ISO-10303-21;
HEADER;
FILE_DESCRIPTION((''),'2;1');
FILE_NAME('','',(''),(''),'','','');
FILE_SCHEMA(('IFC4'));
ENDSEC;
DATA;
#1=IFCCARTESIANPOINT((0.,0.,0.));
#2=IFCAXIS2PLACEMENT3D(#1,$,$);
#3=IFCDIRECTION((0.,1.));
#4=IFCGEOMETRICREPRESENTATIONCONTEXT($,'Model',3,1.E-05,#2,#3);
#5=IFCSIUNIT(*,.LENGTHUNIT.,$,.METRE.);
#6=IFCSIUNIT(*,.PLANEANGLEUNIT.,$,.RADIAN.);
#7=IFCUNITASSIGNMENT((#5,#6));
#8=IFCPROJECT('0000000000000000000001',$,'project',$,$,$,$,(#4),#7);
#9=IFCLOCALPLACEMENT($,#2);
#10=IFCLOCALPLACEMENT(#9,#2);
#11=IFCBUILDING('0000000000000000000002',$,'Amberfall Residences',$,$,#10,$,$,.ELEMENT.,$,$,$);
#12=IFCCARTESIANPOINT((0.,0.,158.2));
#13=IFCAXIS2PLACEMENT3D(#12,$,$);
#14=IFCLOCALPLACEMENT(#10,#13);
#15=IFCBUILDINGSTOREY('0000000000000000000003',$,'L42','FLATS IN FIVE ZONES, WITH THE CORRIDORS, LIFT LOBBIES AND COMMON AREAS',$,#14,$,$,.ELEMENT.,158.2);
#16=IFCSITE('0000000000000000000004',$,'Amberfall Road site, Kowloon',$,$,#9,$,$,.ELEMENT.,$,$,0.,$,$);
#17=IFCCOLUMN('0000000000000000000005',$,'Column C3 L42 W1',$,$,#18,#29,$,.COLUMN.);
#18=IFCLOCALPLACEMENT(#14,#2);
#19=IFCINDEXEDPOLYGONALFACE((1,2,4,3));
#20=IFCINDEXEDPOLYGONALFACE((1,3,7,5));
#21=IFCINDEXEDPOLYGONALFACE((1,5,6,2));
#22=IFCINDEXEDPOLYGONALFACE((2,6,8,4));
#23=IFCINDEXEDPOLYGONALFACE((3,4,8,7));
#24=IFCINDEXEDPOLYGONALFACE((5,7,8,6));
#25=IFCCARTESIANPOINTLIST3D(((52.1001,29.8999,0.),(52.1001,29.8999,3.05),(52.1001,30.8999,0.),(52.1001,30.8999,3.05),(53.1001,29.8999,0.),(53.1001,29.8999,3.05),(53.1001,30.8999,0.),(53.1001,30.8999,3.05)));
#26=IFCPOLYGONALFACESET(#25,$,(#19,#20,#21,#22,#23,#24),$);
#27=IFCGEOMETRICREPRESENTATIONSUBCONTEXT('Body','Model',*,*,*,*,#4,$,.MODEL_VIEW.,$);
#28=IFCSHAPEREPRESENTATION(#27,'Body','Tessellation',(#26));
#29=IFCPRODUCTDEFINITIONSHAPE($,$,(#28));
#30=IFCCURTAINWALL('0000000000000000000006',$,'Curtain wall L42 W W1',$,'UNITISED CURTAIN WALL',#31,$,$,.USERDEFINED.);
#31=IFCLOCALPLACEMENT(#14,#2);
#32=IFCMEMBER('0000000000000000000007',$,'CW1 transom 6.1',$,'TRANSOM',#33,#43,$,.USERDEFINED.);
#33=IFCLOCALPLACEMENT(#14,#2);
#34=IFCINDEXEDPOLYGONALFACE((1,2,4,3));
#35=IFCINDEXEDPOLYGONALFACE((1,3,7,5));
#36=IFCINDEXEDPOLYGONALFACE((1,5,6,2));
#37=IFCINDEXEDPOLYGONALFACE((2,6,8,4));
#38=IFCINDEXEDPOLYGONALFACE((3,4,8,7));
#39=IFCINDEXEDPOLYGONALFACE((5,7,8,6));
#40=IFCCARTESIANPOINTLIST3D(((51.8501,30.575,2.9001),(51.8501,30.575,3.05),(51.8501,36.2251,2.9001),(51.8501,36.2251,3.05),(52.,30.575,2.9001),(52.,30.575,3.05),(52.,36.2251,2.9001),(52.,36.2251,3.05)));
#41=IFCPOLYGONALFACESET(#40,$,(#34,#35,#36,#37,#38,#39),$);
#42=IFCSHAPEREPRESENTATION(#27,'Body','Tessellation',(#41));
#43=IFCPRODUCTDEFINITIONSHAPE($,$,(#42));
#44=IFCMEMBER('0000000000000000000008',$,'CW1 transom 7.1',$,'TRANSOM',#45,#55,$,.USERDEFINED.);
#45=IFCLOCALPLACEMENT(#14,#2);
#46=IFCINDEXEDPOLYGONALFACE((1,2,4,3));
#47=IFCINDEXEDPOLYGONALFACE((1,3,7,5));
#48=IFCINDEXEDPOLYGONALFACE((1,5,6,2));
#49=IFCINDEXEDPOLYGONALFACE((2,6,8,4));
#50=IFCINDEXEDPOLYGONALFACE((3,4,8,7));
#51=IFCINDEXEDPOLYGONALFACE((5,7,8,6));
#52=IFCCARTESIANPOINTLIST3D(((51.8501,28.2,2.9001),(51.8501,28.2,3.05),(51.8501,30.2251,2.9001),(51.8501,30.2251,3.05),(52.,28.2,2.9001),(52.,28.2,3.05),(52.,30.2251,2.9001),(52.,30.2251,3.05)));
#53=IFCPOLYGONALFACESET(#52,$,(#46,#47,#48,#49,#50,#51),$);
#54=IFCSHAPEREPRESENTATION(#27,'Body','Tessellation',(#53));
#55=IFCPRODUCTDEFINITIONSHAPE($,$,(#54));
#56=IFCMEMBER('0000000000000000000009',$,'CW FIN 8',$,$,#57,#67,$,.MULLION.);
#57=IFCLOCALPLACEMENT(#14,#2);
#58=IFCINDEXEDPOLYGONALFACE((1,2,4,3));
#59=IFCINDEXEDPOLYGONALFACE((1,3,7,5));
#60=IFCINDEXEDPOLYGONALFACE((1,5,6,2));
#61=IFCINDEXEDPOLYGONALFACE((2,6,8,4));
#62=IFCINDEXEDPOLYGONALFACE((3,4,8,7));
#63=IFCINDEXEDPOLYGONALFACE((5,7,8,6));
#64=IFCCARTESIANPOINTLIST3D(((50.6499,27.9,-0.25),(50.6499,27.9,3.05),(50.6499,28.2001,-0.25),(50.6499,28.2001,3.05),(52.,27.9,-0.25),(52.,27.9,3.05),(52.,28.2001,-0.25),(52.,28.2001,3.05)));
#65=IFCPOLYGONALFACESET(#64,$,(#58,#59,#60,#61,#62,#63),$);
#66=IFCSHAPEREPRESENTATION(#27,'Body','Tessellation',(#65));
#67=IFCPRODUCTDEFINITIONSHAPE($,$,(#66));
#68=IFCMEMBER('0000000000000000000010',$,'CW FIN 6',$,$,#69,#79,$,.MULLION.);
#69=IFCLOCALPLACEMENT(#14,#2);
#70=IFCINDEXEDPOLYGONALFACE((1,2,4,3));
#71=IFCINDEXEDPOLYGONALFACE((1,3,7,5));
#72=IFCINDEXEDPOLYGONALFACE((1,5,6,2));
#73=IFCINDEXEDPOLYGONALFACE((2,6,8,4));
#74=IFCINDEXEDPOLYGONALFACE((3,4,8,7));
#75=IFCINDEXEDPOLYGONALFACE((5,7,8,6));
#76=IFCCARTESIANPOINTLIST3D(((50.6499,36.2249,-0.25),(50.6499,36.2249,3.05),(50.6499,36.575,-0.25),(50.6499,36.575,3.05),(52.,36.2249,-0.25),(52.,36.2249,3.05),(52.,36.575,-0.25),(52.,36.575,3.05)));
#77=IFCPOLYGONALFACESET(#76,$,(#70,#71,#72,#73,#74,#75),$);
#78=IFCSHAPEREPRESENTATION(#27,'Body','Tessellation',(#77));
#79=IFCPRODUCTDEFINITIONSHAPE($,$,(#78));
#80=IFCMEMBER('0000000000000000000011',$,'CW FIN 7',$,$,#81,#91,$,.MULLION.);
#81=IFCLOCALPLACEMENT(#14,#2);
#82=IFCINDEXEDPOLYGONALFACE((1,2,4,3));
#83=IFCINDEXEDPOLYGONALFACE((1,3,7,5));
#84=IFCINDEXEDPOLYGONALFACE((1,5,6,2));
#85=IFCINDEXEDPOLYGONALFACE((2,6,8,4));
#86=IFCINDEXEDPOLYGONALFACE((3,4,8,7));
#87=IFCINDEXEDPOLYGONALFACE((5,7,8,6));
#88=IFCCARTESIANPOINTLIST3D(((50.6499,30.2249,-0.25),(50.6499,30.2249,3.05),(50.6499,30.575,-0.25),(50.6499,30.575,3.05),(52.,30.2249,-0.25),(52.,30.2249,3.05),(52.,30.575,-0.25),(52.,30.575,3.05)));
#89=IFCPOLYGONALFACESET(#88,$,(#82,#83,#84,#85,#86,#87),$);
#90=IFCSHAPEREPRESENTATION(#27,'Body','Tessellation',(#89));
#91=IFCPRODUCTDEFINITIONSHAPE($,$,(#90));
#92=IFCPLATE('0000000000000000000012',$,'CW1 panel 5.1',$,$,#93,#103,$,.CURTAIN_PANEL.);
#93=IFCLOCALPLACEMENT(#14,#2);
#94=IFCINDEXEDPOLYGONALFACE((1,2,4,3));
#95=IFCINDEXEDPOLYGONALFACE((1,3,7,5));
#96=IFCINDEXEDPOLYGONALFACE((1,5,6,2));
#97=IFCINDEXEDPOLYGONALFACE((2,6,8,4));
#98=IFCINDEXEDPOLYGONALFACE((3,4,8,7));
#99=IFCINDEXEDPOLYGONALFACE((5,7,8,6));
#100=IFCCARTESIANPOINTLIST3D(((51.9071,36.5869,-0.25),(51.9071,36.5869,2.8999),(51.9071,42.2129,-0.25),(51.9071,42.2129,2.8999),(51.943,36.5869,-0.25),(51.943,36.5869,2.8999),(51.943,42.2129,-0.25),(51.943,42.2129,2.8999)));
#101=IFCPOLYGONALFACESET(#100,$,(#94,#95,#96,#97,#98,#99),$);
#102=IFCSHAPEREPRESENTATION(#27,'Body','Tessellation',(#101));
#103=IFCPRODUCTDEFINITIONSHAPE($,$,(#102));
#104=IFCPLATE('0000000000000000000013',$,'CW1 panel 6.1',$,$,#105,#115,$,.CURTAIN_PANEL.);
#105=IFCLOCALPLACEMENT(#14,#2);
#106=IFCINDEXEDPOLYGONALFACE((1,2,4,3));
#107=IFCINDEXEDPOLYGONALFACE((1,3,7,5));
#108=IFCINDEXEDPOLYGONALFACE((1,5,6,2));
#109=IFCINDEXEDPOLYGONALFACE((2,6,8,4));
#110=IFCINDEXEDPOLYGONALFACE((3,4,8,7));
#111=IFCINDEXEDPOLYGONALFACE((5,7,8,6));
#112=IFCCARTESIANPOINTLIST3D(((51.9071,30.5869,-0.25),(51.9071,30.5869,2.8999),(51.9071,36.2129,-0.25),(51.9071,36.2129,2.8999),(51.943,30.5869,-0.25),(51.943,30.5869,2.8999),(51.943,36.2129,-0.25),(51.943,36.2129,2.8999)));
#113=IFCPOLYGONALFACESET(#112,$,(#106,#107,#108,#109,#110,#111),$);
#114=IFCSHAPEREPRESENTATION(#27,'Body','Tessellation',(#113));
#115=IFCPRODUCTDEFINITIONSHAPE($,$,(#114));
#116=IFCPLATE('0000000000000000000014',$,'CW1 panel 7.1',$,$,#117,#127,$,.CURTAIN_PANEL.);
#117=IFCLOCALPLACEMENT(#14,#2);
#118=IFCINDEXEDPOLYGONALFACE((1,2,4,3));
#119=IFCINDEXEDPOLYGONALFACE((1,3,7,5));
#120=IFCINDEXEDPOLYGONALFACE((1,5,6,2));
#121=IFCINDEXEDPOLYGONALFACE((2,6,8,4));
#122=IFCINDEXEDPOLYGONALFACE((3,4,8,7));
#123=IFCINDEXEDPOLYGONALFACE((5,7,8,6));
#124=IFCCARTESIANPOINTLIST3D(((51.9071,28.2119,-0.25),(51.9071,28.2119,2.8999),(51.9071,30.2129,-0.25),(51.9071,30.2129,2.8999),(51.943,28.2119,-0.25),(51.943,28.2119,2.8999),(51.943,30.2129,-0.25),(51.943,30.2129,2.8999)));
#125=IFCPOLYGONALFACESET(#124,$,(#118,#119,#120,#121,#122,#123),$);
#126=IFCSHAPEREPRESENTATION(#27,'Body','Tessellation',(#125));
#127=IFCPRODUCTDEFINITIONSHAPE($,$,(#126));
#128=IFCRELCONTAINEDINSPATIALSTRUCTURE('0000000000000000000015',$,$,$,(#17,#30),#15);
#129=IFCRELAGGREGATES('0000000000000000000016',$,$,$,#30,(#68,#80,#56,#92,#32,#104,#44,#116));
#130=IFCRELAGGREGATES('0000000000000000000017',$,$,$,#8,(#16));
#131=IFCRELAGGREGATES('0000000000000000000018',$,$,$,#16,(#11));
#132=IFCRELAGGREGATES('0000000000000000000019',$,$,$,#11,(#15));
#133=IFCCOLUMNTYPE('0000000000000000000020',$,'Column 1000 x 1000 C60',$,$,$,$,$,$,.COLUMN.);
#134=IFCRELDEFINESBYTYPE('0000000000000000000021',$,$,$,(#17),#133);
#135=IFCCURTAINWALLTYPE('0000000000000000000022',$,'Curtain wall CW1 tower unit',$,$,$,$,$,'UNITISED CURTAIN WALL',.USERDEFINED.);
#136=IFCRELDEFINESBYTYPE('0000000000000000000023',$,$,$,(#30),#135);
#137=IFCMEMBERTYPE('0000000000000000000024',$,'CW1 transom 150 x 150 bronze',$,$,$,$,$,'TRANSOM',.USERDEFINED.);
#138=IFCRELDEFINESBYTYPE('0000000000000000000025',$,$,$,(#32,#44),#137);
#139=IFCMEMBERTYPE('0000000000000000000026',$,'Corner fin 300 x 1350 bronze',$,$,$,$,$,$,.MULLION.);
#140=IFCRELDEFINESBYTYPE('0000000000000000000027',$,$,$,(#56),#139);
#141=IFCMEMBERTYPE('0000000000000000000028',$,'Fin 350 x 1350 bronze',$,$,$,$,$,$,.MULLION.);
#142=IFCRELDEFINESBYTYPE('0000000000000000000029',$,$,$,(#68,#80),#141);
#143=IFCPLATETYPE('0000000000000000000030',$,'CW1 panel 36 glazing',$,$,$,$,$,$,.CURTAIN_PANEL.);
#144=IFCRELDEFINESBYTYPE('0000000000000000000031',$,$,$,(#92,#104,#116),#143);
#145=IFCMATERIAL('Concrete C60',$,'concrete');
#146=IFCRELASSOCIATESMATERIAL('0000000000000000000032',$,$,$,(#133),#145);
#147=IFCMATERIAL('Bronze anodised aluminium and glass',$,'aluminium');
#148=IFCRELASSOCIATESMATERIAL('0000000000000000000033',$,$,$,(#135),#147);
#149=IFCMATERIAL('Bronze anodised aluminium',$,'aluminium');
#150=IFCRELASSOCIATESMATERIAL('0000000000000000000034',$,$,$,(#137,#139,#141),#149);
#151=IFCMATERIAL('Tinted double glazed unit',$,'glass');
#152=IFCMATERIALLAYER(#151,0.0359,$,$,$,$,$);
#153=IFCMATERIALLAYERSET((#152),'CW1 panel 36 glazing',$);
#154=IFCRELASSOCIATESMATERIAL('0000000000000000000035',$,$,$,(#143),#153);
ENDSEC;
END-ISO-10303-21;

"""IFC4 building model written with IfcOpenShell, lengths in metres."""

from ifc_helpers import new_model, si_unit, direction, frame, origin, origin_2d, place, context, subcontext, project, spatial, rectangle, extrude, material, layer, layer_set, material_profile, profile_set, type_object, element, aggregate, save


model = new_model("IFC4")

# Units and contexts
model_context = context("Model", 3, precision=1e-05, world=origin(), true_north=direction((0.0, 1.0)))
body_context = subcontext(model_context, "Body", "Model", "MODEL_VIEW")
ifc_project = project(units=[si_unit("LENGTHUNIT", "METRE"), si_unit("PLANEANGLEUNIT", "RADIAN")], contexts=[model_context])

# Site, building, storey
site_placement = place(None, origin())
site = spatial("IfcSite", under=ifc_project, at=site_placement, Name="Amberfall Road site, Kowloon", CompositionType="ELEMENT", RefElevation=0.0)
building_placement = place(site_placement, origin())
building = spatial("IfcBuilding", under=site, at=building_placement, Name="Amberfall Residences", CompositionType="ELEMENT")
storey_placement = place(building_placement, frame((0.0, 0.0, 158.2)))
storey = spatial("IfcBuildingStorey", under=building, at=storey_placement, Name="L42", Description="FLATS IN FIVE ZONES, WITH THE CORRIDORS, LIFT LOBBIES AND COMMON AREAS", CompositionType="ELEMENT", Elevation=158.2)

# Column
ifc_material_1 = material(Name="Concrete C60", Category="concrete")
ifc_material_profile_1 = material_profile(ifc_material_1, rectangle(XDim=1.0, YDim=1.0, at=origin_2d()), Name="Column 1000 x 1000 C60")
ifc_profile_set_1 = profile_set([ifc_material_profile_1], Name="Concrete C60")
column_type = type_object("IfcColumnType", Name="Column 1000 x 1000 C60", PredefinedType="COLUMN", material=ifc_profile_set_1)
column_placement = place(storey_placement, frame((52.6001, 30.3999, 0.0), z_axis=(0.0, 0.0, 1.0), x_axis=(1.0, 0.0, 0.0)))
element("IfcColumn", 1, at=column_placement, inside=storey, type_object=column_type, Name="Column C3 L42 W1", PredefinedType="COLUMN", context=body_context, shape_type="SweptSolid", body=[
    extrude(rectangle(XDim=1.0, YDim=1.0, at=origin_2d()), origin(), (0.0, 0.0, 1.0), 3.05),
])

# Curtain wall, members, plates
ifc_material_2 = material(Name="Bronze anodised aluminium and glass", Category="aluminium")
curtain_wall_type = type_object("IfcCurtainWallType", Name="Curtain wall CW1 tower unit", ElementType="UNITISED CURTAIN WALL", PredefinedType="USERDEFINED", material=ifc_material_2)
curtain_wall_placement = place(storey_placement, origin())
curtain_wall = element("IfcCurtainWall", 2, at=curtain_wall_placement, inside=storey, type_object=curtain_wall_type, Name="Curtain wall L42 W W1", ObjectType="UNITISED CURTAIN WALL", PredefinedType="USERDEFINED")
ifc_material_3 = material(Name="Bronze anodised aluminium", Category="aluminium")
ifc_material_profile_2 = material_profile(ifc_material_3, rectangle(XDim=0.1499, YDim=0.1499, at=origin_2d()), Name="CW1 transom 150 x 150 bronze")
ifc_profile_set_2 = profile_set([ifc_material_profile_2], Name="Bronze anodised aluminium")
member_type_1 = type_object("IfcMemberType", Name="CW1 transom 150 x 150 bronze", ElementType="TRANSOM", PredefinedType="USERDEFINED", material=ifc_profile_set_2)
member_1_placement = place(storey_placement, frame((51.925, 36.2251, 2.9751), z_axis=(0.0, -1.0, 0.0), x_axis=(1.0, 0.0, 0.0)))
member_1 = element("IfcMember", 3, at=member_1_placement, type_object=member_type_1, Name="CW1 transom 6.1", ObjectType="TRANSOM", PredefinedType="USERDEFINED", context=body_context, shape_type="SweptSolid", body=[
    extrude(rectangle(XDim=0.1499, YDim=0.1499, at=origin_2d()), origin(), (0.0, 0.0, 1.0), 5.6501),
])
member_2_placement = place(storey_placement, frame((51.925, 30.2251, 2.9751), z_axis=(0.0, -1.0, 0.0), x_axis=(1.0, 0.0, 0.0)))
member_2 = element("IfcMember", 4, at=member_2_placement, type_object=member_type_1, Name="CW1 transom 7.1", ObjectType="TRANSOM", PredefinedType="USERDEFINED", context=body_context, shape_type="SweptSolid", body=[
    extrude(rectangle(XDim=0.1499, YDim=0.1499, at=origin_2d()), origin(), (0.0, 0.0, 1.0), 2.0251),
])
ifc_material_profile_3 = material_profile(ifc_material_3, rectangle(XDim=1.3501, YDim=0.3, at=origin_2d()), Name="Corner fin 300 x 1350 bronze")
ifc_profile_set_3 = profile_set([ifc_material_profile_3], Name="Bronze anodised aluminium")
member_type_2 = type_object("IfcMemberType", Name="Corner fin 300 x 1350 bronze", PredefinedType="MULLION", material=ifc_profile_set_3)
member_3_placement = place(storey_placement, frame((51.325, 28.05, -0.25), z_axis=(0.0, 0.0, 1.0), x_axis=(1.0, 0.0, 0.0)))
member_3 = element("IfcMember", 5, at=member_3_placement, type_object=member_type_2, Name="CW FIN 8", PredefinedType="MULLION", context=body_context, shape_type="SweptSolid", body=[
    extrude(rectangle(XDim=1.3501, YDim=0.3, at=origin_2d()), origin(), (0.0, 0.0, 1.0), 3.3),
])
ifc_material_profile_4 = material_profile(ifc_material_3, rectangle(XDim=1.3501, YDim=0.3501, at=origin_2d()), Name="Fin 350 x 1350 bronze")
ifc_profile_set_4 = profile_set([ifc_material_profile_4], Name="Bronze anodised aluminium")
member_type_3 = type_object("IfcMemberType", Name="Fin 350 x 1350 bronze", PredefinedType="MULLION", material=ifc_profile_set_4)
member_4_placement = place(storey_placement, frame((51.325, 36.3999, -0.25), z_axis=(0.0, 0.0, 1.0), x_axis=(1.0, 0.0, 0.0)))
member_4 = element("IfcMember", 6, at=member_4_placement, type_object=member_type_3, Name="CW FIN 6", PredefinedType="MULLION", context=body_context, shape_type="SweptSolid", body=[
    extrude(rectangle(XDim=1.3501, YDim=0.3501, at=origin_2d()), origin(), (0.0, 0.0, 1.0), 3.3),
])
member_5_placement = place(storey_placement, frame((51.325, 30.3999, -0.25), z_axis=(0.0, 0.0, 1.0), x_axis=(1.0, 0.0, 0.0)))
member_5 = element("IfcMember", 7, at=member_5_placement, type_object=member_type_3, Name="CW FIN 7", PredefinedType="MULLION", context=body_context, shape_type="SweptSolid", body=[
    extrude(rectangle(XDim=1.3501, YDim=0.3501, at=origin_2d()), origin(), (0.0, 0.0, 1.0), 3.3),
])
ifc_material_4 = material(Name="Tinted double glazed unit", Category="glass")
ifc_layer_1 = layer(ifc_material_4, 0.0359)
ifc_layer_set_1 = layer_set([ifc_layer_1], Name="CW1 panel 36 glazing")
plate_type = type_object("IfcPlateType", Name="CW1 panel 36 glazing", PredefinedType="CURTAIN_PANEL", material=ifc_layer_set_1)
plate_1_placement = place(storey_placement, frame((51.925, 39.3999, -0.25), z_axis=(0.0, 0.0, 1.0), x_axis=(0.0, -1.0, 0.0)))
plate_1 = element("IfcPlate", 8, at=plate_1_placement, type_object=plate_type, Name="CW1 panel 5.1", PredefinedType="CURTAIN_PANEL", context=body_context, shape_type="SweptSolid", body=[
    extrude(rectangle(XDim=5.626, YDim=0.0359, at=origin_2d()), origin(), (0.0, 0.0, 1.0), 3.1499),
])
plate_2_placement = place(storey_placement, frame((51.925, 33.3999, -0.25), z_axis=(0.0, 0.0, 1.0), x_axis=(0.0, -1.0, 0.0)))
plate_2 = element("IfcPlate", 9, at=plate_2_placement, type_object=plate_type, Name="CW1 panel 6.1", PredefinedType="CURTAIN_PANEL", context=body_context, shape_type="SweptSolid", body=[
    extrude(rectangle(XDim=5.626, YDim=0.0359, at=origin_2d()), origin(), (0.0, 0.0, 1.0), 3.1499),
])
plate_3_placement = place(storey_placement, frame((51.925, 29.2124, -0.25), z_axis=(0.0, 0.0, 1.0), x_axis=(0.0, -1.0, 0.0)))
plate_3 = element("IfcPlate", 10, at=plate_3_placement, type_object=plate_type, Name="CW1 panel 7.1", PredefinedType="CURTAIN_PANEL", context=body_context, shape_type="SweptSolid", body=[
    extrude(rectangle(XDim=2.001, YDim=0.0359, at=origin_2d()), origin(), (0.0, 0.0, 1.0), 3.1499),
])
aggregate(curtain_wall, [member_4, member_5, member_3, plate_1, member_1, plate_2, member_2, plate_3])

save(model, "model.ifc")
